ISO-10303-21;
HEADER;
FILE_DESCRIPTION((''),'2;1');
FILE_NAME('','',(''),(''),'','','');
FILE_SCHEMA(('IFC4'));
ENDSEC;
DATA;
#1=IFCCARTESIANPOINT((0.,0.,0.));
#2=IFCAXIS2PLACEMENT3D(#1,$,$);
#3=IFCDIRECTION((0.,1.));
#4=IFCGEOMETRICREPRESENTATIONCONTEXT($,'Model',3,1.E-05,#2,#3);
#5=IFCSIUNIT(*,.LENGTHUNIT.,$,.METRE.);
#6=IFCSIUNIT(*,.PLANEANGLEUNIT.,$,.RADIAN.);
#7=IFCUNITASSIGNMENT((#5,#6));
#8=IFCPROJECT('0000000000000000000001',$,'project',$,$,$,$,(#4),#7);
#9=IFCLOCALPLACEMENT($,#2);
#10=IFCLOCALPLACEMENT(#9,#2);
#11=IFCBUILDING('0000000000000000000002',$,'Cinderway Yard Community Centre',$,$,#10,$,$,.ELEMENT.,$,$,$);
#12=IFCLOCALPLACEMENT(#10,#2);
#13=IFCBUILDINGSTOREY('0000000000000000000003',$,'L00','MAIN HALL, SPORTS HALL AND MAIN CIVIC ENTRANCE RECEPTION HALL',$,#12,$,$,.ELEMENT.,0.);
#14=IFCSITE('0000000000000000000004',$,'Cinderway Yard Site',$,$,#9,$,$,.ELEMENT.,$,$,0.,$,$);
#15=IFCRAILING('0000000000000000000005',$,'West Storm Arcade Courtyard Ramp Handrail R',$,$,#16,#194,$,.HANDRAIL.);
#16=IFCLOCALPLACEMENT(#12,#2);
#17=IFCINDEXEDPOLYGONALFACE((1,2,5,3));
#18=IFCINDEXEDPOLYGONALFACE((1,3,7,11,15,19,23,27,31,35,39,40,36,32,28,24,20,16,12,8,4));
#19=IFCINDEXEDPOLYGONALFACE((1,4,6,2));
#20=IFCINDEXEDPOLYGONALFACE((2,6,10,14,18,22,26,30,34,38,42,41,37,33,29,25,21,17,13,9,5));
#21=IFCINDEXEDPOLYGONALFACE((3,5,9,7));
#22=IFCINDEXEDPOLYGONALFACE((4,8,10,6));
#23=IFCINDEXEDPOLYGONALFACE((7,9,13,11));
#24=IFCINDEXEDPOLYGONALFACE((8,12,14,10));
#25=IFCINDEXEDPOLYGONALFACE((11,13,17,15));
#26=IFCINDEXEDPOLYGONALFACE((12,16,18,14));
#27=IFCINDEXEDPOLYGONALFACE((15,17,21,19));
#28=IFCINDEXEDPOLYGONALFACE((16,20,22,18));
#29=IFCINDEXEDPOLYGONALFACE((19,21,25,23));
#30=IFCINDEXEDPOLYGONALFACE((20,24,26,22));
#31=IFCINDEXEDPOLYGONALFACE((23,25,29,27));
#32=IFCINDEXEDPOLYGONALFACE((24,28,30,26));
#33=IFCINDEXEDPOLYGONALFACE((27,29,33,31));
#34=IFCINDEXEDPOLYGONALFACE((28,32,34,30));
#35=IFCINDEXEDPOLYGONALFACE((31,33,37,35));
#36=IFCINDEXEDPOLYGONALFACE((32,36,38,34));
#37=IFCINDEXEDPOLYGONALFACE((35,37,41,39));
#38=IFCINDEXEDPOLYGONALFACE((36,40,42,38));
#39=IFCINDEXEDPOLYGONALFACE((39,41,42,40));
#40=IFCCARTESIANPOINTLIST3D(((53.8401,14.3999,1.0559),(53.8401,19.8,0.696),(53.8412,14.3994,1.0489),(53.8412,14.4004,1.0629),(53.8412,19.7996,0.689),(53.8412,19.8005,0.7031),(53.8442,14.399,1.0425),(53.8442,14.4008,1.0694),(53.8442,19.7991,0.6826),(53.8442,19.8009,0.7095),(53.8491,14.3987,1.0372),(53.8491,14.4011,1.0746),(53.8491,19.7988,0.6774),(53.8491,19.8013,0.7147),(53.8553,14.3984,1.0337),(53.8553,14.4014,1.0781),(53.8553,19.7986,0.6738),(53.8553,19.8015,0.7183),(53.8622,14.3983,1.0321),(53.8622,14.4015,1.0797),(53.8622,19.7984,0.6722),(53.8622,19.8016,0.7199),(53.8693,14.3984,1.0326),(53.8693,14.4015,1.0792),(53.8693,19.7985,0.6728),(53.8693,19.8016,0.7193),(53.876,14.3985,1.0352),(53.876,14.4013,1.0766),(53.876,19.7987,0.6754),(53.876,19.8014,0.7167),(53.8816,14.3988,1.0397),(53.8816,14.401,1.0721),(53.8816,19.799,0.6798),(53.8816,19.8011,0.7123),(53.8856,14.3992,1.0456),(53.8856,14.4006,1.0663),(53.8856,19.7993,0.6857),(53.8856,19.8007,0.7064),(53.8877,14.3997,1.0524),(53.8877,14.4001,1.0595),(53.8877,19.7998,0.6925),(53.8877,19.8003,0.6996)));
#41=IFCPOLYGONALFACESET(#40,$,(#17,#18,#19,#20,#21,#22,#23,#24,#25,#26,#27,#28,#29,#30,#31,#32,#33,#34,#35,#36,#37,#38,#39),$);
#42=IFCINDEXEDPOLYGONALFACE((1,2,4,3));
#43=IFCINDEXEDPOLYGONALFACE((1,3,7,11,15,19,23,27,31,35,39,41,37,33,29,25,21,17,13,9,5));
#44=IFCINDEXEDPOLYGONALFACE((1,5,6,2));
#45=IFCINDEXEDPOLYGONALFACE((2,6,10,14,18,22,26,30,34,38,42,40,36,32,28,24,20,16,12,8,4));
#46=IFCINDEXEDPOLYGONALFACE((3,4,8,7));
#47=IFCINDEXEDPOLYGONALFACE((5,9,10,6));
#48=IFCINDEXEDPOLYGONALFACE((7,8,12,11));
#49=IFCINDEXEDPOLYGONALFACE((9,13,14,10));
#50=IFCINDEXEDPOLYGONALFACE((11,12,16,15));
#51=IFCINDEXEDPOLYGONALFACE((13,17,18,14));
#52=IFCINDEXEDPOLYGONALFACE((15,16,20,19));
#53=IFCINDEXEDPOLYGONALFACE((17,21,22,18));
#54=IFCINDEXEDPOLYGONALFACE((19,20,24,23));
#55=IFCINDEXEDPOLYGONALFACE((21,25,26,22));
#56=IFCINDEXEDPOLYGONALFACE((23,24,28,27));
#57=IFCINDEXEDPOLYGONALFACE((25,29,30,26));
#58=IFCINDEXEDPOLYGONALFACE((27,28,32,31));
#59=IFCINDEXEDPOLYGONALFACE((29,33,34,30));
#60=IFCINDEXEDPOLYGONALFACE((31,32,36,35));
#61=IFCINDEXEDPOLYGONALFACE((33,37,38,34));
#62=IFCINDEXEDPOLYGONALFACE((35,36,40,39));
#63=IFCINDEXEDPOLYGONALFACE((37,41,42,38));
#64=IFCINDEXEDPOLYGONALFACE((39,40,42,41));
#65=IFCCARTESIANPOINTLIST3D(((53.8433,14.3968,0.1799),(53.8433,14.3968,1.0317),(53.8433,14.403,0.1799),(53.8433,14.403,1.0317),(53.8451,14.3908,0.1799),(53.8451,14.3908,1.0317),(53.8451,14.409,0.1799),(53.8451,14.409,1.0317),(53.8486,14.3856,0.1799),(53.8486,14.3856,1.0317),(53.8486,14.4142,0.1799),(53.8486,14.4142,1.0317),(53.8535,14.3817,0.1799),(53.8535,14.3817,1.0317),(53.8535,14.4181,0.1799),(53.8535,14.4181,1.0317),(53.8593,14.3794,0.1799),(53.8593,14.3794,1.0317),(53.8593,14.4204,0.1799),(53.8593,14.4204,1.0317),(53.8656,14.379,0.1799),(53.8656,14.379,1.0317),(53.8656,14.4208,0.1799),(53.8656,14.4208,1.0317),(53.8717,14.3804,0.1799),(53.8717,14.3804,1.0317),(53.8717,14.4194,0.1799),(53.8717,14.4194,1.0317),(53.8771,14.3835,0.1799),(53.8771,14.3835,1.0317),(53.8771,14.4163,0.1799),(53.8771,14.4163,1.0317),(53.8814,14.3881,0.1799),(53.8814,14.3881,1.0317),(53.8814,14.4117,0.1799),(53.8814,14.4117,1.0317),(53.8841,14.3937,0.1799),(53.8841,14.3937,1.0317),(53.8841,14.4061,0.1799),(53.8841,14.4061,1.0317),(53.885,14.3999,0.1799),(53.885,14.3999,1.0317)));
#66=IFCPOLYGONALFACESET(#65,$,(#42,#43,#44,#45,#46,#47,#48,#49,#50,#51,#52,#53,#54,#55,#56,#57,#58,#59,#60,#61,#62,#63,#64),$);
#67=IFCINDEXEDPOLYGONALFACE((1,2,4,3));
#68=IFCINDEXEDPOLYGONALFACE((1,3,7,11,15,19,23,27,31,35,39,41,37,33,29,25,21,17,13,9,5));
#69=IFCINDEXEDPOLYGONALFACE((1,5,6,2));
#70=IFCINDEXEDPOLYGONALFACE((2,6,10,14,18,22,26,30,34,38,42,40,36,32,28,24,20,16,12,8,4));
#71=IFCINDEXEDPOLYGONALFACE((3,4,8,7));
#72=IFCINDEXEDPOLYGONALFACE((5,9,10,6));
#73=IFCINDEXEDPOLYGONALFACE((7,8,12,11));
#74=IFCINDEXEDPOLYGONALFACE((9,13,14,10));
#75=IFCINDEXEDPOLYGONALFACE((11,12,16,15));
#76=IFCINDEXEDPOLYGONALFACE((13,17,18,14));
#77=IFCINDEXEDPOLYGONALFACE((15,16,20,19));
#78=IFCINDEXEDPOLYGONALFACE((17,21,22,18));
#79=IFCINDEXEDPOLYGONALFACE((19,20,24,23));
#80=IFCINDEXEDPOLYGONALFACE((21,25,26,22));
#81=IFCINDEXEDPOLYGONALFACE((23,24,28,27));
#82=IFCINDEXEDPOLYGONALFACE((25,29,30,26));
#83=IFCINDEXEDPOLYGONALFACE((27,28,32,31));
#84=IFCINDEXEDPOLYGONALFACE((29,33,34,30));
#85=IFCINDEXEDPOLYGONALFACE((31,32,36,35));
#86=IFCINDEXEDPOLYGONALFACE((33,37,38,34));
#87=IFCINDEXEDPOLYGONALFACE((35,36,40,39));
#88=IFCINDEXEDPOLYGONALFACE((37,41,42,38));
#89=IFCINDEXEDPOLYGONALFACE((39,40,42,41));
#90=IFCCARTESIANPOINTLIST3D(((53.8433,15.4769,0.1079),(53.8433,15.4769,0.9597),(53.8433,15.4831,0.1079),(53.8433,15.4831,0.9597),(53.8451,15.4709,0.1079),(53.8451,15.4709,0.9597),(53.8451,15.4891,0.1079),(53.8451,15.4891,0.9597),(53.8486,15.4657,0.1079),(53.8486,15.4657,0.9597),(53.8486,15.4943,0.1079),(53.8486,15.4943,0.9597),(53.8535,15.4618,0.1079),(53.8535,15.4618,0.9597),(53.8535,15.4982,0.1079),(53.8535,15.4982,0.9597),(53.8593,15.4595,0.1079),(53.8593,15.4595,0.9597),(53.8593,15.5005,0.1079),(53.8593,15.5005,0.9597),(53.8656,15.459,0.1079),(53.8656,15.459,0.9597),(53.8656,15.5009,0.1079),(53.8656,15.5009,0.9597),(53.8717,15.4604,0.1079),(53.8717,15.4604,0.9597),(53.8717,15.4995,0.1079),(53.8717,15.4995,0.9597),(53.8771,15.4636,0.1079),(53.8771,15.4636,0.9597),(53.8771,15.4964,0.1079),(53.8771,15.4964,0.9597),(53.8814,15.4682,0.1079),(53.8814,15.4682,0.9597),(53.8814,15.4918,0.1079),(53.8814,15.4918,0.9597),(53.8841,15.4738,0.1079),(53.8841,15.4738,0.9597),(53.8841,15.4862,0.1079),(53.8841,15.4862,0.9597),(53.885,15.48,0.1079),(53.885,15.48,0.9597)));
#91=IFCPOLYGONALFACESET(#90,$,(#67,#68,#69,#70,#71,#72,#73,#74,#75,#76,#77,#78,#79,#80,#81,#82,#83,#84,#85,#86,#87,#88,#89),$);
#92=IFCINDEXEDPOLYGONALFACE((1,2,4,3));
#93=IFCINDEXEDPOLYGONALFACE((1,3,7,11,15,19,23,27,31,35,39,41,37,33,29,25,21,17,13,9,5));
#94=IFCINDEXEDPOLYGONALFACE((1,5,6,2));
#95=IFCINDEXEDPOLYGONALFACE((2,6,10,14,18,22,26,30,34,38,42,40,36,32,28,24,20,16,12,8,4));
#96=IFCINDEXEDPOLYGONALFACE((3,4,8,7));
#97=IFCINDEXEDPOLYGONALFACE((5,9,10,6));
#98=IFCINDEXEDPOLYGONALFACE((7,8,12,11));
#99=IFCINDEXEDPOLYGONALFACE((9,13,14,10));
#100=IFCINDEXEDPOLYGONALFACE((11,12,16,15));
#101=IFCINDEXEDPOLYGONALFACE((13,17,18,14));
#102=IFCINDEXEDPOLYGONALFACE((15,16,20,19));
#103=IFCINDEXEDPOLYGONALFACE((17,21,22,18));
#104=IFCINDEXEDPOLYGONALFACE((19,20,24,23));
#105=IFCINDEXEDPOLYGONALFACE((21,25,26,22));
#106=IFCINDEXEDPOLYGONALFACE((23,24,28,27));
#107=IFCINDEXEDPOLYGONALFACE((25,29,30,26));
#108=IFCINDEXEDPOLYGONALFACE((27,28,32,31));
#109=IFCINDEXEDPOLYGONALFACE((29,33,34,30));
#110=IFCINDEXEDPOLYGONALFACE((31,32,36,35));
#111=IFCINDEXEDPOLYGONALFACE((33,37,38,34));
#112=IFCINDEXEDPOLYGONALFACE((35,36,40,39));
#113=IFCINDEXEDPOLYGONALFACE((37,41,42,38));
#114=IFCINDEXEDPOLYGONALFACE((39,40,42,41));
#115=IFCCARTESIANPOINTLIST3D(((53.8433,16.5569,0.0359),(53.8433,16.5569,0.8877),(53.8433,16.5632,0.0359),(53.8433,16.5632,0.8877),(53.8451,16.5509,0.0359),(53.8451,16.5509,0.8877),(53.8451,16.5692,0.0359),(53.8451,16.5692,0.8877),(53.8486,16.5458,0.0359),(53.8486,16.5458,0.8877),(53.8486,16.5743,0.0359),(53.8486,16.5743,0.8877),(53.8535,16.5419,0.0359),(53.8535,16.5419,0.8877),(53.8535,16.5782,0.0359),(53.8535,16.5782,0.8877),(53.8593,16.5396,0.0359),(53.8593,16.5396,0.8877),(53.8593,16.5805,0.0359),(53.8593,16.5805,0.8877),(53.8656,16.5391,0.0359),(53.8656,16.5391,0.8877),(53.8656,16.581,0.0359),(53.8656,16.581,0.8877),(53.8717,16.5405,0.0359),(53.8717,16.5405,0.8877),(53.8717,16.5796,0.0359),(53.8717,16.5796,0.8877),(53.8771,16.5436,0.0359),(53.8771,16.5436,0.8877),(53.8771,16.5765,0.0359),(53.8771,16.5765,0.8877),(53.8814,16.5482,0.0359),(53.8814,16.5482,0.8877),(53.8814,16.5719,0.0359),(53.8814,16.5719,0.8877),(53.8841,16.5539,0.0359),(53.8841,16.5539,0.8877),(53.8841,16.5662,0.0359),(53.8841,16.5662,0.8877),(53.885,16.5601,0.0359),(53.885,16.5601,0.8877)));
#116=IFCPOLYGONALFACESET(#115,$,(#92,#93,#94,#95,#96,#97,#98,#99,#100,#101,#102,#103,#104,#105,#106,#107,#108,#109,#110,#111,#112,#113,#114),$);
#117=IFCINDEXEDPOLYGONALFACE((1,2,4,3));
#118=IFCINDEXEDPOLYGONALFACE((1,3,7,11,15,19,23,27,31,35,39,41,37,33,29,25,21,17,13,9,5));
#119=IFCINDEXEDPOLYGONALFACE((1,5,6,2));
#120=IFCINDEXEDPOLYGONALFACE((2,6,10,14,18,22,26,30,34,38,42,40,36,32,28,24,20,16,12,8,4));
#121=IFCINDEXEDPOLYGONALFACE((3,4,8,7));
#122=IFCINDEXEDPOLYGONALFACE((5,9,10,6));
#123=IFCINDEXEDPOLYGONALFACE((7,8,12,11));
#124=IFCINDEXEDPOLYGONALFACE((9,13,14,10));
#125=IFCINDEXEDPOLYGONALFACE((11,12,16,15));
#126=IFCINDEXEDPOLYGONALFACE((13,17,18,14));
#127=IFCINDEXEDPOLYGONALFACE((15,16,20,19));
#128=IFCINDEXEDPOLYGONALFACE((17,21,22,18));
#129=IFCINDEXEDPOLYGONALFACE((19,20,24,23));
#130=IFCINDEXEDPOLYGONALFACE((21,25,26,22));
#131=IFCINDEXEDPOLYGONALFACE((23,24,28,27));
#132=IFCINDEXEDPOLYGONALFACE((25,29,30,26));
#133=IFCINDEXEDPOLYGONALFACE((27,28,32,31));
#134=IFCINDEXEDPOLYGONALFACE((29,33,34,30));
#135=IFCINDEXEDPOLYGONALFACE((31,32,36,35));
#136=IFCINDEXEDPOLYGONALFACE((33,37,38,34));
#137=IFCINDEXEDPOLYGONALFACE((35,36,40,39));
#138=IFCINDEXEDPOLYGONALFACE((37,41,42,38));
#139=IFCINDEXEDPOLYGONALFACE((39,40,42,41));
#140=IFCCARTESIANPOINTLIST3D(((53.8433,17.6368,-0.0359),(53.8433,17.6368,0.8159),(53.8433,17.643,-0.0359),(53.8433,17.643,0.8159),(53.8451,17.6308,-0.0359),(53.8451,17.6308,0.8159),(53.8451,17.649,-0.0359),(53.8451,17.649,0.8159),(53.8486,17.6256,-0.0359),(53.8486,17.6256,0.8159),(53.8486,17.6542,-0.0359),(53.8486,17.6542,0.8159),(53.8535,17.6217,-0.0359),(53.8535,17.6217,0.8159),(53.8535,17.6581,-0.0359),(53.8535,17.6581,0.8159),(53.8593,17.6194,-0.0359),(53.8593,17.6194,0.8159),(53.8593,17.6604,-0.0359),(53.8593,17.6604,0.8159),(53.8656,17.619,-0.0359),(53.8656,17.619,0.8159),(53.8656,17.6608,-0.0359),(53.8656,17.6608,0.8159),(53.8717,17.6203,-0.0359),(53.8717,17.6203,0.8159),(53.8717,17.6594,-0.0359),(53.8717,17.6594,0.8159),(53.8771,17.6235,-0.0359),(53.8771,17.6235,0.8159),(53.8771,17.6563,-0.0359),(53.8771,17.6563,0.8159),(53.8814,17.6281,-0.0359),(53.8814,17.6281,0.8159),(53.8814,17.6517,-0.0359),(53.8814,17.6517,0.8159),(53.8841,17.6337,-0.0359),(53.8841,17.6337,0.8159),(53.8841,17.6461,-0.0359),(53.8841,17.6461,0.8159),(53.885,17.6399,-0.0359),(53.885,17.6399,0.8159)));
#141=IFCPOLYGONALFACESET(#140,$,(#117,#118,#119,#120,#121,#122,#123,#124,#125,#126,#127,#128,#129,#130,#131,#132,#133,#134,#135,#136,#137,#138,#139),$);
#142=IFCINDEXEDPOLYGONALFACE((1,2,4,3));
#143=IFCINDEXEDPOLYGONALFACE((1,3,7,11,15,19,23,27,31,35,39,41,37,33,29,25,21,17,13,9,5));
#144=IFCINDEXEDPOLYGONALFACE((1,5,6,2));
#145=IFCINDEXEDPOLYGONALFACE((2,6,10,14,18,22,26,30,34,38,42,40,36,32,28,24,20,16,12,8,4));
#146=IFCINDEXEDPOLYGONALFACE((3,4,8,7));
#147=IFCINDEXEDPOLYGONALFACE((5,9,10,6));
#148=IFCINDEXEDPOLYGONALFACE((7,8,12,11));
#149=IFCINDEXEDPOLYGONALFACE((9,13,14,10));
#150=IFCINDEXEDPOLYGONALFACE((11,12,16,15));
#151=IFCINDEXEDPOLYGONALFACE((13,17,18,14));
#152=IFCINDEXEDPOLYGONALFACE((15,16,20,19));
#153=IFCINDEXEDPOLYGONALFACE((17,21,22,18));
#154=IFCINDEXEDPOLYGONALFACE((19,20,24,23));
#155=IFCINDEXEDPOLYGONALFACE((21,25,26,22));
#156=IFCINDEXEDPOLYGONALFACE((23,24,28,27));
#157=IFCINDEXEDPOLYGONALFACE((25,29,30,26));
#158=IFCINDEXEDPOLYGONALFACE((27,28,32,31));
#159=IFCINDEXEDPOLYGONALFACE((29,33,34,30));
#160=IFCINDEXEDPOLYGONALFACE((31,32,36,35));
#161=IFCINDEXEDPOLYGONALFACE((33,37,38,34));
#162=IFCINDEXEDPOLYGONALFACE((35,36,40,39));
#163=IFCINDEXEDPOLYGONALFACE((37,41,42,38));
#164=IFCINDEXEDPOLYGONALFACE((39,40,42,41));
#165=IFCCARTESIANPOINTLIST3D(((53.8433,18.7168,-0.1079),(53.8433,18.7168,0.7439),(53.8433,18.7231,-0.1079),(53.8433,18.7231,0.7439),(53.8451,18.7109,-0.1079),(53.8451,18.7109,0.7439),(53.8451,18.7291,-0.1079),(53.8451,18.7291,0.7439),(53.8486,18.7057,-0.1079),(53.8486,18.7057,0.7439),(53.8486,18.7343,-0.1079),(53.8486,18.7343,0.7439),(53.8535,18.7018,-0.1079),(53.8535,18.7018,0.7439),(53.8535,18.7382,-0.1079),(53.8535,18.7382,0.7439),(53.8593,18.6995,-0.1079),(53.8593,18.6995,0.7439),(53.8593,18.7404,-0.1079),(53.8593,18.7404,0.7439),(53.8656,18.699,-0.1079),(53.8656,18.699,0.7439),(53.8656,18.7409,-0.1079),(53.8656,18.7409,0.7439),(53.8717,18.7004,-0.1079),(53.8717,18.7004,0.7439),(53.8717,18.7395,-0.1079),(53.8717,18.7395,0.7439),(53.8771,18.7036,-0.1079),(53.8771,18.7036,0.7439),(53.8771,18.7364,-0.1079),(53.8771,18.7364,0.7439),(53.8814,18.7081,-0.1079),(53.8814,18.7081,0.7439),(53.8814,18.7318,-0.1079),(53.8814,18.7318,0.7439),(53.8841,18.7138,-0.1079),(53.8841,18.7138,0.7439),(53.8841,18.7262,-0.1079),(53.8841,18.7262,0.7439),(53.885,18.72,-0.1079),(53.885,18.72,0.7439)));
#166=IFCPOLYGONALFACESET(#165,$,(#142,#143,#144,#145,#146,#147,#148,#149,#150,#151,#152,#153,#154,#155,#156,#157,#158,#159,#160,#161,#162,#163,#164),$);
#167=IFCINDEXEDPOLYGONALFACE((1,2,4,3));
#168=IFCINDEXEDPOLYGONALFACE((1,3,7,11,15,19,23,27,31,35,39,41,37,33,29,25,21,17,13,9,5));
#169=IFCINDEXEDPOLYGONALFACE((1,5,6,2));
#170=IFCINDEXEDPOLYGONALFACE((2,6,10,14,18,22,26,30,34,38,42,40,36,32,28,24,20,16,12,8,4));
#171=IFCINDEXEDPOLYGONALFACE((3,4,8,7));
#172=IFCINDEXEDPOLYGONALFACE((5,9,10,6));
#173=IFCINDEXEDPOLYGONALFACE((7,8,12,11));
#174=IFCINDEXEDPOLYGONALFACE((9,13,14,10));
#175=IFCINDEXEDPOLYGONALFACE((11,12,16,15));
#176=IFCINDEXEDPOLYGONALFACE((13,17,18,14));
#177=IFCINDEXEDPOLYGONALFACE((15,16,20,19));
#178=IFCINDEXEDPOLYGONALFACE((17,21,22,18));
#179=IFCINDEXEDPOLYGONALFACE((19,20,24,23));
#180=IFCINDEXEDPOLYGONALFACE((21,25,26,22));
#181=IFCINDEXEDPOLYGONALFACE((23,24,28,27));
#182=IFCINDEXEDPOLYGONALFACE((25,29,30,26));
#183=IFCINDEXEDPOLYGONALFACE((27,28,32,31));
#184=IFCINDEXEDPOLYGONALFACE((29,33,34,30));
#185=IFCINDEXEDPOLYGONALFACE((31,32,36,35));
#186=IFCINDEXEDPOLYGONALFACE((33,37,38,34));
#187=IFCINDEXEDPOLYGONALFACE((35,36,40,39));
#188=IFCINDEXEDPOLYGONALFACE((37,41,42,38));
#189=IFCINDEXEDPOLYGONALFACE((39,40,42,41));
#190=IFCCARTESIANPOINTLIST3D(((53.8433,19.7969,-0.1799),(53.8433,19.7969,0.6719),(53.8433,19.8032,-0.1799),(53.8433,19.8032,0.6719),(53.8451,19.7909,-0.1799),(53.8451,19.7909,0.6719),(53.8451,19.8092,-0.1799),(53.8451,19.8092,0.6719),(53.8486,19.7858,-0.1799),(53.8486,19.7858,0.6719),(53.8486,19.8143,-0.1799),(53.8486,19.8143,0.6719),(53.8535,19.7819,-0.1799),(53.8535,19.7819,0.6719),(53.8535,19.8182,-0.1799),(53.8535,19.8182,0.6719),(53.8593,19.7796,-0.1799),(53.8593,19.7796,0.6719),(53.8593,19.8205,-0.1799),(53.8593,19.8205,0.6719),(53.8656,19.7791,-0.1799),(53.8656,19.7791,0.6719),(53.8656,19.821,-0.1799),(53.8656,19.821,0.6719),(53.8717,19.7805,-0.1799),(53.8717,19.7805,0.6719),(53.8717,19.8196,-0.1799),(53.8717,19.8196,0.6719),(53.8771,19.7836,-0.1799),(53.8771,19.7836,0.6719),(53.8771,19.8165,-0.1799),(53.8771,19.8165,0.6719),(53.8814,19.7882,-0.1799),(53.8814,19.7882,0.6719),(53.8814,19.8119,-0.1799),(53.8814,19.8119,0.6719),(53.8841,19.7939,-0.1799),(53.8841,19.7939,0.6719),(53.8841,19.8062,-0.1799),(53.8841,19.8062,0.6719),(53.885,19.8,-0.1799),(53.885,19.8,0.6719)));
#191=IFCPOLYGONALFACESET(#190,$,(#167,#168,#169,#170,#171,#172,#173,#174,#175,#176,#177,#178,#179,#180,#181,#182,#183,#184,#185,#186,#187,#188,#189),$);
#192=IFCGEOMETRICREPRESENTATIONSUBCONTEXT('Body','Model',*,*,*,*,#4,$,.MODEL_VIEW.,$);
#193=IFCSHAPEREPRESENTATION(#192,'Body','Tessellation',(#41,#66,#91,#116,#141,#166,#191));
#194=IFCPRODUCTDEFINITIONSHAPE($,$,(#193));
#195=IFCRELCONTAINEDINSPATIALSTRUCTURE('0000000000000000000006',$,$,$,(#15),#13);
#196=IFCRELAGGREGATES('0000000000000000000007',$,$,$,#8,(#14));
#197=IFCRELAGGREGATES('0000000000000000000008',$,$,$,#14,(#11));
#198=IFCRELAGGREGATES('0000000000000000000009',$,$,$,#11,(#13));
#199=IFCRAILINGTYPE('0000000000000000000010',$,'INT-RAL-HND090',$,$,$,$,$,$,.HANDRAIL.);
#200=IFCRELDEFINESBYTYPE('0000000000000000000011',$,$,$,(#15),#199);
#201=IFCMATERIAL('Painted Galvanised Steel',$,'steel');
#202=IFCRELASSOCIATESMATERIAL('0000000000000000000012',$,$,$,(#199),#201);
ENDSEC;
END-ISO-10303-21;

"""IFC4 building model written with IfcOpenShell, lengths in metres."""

from ifc_helpers import new_model, si_unit, direction, frame, origin, origin_2d, place, context, subcontext, project, spatial, circle, extrude, material, type_object, element, save


model = new_model("IFC4")

# Units and contexts
model_context = context("Model", 3, precision=1e-05, world=origin(), true_north=direction((0.0, 1.0)))
body_context = subcontext(model_context, "Body", "Model", "MODEL_VIEW")
ifc_project = project(units=[si_unit("LENGTHUNIT", "METRE"), si_unit("PLANEANGLEUNIT", "RADIAN")], contexts=[model_context])

# Site, building, storey
site_placement = place(None, origin())
site = spatial("IfcSite", under=ifc_project, at=site_placement, Name="Cinderway Yard Site", CompositionType="ELEMENT", RefElevation=0.0)
building_placement = place(site_placement, origin())
building = spatial("IfcBuilding", under=site, at=building_placement, Name="Cinderway Yard Community Centre", CompositionType="ELEMENT")
storey_placement = place(building_placement, origin())
storey = spatial("IfcBuildingStorey", under=building, at=storey_placement, Name="L00", Description="MAIN HALL, SPORTS HALL AND MAIN CIVIC ENTRANCE RECEPTION HALL", CompositionType="ELEMENT", Elevation=0.0)

# Railing
ifc_material_1 = material(Name="Painted Galvanised Steel", Category="steel")
railing_type = type_object("IfcRailingType", Name="INT-RAL-HND090", PredefinedType="HANDRAIL", material=ifc_material_1)
for number, where, name in (
    (1, (53.864, 14.3999, 0.1799), "West Storm Arcade Courtyard Ramp Handrail R"),
):
    element("IfcRailing", number, at=place(storey_placement, frame(where)), inside=storey, type_object=railing_type, Name=name, PredefinedType="HANDRAIL", context=body_context, shape_type="SweptSolid", body=[
        extrude(circle(Radius=0.0239, at=origin_2d()), frame((0.0, 0.0, 0.876), z_axis=(0.0, 0.997787, -0.066492), x_axis=(-1.0, 0.0, 0.0)), (0.0, 0.0, 1.0), 5.4121),
        extrude(circle(Radius=0.021, at=origin_2d()), origin(), (0.0, 0.0, 1.0), 0.8518),
        extrude(circle(Radius=0.021, at=origin_2d()), frame((0.0, 1.0801, -0.072)), (0.0, 0.0, 1.0), 0.8518),
        extrude(circle(Radius=0.021, at=origin_2d()), frame((0.0, 2.1602, -0.144)), (0.0, 0.0, 1.0), 0.8518),
        extrude(circle(Radius=0.021, at=origin_2d()), frame((0.0, 3.24, -0.2158)), (0.0, 0.0, 1.0), 0.8518),
        extrude(circle(Radius=0.021, at=origin_2d()), frame((0.0, 4.3201, -0.2878)), (0.0, 0.0, 1.0), 0.8518),
        extrude(circle(Radius=0.021, at=origin_2d()), frame((0.0, 5.4001, -0.3599)), (0.0, 0.0, 1.0), 0.8518),
    ])

save(model, "model.ifc")
